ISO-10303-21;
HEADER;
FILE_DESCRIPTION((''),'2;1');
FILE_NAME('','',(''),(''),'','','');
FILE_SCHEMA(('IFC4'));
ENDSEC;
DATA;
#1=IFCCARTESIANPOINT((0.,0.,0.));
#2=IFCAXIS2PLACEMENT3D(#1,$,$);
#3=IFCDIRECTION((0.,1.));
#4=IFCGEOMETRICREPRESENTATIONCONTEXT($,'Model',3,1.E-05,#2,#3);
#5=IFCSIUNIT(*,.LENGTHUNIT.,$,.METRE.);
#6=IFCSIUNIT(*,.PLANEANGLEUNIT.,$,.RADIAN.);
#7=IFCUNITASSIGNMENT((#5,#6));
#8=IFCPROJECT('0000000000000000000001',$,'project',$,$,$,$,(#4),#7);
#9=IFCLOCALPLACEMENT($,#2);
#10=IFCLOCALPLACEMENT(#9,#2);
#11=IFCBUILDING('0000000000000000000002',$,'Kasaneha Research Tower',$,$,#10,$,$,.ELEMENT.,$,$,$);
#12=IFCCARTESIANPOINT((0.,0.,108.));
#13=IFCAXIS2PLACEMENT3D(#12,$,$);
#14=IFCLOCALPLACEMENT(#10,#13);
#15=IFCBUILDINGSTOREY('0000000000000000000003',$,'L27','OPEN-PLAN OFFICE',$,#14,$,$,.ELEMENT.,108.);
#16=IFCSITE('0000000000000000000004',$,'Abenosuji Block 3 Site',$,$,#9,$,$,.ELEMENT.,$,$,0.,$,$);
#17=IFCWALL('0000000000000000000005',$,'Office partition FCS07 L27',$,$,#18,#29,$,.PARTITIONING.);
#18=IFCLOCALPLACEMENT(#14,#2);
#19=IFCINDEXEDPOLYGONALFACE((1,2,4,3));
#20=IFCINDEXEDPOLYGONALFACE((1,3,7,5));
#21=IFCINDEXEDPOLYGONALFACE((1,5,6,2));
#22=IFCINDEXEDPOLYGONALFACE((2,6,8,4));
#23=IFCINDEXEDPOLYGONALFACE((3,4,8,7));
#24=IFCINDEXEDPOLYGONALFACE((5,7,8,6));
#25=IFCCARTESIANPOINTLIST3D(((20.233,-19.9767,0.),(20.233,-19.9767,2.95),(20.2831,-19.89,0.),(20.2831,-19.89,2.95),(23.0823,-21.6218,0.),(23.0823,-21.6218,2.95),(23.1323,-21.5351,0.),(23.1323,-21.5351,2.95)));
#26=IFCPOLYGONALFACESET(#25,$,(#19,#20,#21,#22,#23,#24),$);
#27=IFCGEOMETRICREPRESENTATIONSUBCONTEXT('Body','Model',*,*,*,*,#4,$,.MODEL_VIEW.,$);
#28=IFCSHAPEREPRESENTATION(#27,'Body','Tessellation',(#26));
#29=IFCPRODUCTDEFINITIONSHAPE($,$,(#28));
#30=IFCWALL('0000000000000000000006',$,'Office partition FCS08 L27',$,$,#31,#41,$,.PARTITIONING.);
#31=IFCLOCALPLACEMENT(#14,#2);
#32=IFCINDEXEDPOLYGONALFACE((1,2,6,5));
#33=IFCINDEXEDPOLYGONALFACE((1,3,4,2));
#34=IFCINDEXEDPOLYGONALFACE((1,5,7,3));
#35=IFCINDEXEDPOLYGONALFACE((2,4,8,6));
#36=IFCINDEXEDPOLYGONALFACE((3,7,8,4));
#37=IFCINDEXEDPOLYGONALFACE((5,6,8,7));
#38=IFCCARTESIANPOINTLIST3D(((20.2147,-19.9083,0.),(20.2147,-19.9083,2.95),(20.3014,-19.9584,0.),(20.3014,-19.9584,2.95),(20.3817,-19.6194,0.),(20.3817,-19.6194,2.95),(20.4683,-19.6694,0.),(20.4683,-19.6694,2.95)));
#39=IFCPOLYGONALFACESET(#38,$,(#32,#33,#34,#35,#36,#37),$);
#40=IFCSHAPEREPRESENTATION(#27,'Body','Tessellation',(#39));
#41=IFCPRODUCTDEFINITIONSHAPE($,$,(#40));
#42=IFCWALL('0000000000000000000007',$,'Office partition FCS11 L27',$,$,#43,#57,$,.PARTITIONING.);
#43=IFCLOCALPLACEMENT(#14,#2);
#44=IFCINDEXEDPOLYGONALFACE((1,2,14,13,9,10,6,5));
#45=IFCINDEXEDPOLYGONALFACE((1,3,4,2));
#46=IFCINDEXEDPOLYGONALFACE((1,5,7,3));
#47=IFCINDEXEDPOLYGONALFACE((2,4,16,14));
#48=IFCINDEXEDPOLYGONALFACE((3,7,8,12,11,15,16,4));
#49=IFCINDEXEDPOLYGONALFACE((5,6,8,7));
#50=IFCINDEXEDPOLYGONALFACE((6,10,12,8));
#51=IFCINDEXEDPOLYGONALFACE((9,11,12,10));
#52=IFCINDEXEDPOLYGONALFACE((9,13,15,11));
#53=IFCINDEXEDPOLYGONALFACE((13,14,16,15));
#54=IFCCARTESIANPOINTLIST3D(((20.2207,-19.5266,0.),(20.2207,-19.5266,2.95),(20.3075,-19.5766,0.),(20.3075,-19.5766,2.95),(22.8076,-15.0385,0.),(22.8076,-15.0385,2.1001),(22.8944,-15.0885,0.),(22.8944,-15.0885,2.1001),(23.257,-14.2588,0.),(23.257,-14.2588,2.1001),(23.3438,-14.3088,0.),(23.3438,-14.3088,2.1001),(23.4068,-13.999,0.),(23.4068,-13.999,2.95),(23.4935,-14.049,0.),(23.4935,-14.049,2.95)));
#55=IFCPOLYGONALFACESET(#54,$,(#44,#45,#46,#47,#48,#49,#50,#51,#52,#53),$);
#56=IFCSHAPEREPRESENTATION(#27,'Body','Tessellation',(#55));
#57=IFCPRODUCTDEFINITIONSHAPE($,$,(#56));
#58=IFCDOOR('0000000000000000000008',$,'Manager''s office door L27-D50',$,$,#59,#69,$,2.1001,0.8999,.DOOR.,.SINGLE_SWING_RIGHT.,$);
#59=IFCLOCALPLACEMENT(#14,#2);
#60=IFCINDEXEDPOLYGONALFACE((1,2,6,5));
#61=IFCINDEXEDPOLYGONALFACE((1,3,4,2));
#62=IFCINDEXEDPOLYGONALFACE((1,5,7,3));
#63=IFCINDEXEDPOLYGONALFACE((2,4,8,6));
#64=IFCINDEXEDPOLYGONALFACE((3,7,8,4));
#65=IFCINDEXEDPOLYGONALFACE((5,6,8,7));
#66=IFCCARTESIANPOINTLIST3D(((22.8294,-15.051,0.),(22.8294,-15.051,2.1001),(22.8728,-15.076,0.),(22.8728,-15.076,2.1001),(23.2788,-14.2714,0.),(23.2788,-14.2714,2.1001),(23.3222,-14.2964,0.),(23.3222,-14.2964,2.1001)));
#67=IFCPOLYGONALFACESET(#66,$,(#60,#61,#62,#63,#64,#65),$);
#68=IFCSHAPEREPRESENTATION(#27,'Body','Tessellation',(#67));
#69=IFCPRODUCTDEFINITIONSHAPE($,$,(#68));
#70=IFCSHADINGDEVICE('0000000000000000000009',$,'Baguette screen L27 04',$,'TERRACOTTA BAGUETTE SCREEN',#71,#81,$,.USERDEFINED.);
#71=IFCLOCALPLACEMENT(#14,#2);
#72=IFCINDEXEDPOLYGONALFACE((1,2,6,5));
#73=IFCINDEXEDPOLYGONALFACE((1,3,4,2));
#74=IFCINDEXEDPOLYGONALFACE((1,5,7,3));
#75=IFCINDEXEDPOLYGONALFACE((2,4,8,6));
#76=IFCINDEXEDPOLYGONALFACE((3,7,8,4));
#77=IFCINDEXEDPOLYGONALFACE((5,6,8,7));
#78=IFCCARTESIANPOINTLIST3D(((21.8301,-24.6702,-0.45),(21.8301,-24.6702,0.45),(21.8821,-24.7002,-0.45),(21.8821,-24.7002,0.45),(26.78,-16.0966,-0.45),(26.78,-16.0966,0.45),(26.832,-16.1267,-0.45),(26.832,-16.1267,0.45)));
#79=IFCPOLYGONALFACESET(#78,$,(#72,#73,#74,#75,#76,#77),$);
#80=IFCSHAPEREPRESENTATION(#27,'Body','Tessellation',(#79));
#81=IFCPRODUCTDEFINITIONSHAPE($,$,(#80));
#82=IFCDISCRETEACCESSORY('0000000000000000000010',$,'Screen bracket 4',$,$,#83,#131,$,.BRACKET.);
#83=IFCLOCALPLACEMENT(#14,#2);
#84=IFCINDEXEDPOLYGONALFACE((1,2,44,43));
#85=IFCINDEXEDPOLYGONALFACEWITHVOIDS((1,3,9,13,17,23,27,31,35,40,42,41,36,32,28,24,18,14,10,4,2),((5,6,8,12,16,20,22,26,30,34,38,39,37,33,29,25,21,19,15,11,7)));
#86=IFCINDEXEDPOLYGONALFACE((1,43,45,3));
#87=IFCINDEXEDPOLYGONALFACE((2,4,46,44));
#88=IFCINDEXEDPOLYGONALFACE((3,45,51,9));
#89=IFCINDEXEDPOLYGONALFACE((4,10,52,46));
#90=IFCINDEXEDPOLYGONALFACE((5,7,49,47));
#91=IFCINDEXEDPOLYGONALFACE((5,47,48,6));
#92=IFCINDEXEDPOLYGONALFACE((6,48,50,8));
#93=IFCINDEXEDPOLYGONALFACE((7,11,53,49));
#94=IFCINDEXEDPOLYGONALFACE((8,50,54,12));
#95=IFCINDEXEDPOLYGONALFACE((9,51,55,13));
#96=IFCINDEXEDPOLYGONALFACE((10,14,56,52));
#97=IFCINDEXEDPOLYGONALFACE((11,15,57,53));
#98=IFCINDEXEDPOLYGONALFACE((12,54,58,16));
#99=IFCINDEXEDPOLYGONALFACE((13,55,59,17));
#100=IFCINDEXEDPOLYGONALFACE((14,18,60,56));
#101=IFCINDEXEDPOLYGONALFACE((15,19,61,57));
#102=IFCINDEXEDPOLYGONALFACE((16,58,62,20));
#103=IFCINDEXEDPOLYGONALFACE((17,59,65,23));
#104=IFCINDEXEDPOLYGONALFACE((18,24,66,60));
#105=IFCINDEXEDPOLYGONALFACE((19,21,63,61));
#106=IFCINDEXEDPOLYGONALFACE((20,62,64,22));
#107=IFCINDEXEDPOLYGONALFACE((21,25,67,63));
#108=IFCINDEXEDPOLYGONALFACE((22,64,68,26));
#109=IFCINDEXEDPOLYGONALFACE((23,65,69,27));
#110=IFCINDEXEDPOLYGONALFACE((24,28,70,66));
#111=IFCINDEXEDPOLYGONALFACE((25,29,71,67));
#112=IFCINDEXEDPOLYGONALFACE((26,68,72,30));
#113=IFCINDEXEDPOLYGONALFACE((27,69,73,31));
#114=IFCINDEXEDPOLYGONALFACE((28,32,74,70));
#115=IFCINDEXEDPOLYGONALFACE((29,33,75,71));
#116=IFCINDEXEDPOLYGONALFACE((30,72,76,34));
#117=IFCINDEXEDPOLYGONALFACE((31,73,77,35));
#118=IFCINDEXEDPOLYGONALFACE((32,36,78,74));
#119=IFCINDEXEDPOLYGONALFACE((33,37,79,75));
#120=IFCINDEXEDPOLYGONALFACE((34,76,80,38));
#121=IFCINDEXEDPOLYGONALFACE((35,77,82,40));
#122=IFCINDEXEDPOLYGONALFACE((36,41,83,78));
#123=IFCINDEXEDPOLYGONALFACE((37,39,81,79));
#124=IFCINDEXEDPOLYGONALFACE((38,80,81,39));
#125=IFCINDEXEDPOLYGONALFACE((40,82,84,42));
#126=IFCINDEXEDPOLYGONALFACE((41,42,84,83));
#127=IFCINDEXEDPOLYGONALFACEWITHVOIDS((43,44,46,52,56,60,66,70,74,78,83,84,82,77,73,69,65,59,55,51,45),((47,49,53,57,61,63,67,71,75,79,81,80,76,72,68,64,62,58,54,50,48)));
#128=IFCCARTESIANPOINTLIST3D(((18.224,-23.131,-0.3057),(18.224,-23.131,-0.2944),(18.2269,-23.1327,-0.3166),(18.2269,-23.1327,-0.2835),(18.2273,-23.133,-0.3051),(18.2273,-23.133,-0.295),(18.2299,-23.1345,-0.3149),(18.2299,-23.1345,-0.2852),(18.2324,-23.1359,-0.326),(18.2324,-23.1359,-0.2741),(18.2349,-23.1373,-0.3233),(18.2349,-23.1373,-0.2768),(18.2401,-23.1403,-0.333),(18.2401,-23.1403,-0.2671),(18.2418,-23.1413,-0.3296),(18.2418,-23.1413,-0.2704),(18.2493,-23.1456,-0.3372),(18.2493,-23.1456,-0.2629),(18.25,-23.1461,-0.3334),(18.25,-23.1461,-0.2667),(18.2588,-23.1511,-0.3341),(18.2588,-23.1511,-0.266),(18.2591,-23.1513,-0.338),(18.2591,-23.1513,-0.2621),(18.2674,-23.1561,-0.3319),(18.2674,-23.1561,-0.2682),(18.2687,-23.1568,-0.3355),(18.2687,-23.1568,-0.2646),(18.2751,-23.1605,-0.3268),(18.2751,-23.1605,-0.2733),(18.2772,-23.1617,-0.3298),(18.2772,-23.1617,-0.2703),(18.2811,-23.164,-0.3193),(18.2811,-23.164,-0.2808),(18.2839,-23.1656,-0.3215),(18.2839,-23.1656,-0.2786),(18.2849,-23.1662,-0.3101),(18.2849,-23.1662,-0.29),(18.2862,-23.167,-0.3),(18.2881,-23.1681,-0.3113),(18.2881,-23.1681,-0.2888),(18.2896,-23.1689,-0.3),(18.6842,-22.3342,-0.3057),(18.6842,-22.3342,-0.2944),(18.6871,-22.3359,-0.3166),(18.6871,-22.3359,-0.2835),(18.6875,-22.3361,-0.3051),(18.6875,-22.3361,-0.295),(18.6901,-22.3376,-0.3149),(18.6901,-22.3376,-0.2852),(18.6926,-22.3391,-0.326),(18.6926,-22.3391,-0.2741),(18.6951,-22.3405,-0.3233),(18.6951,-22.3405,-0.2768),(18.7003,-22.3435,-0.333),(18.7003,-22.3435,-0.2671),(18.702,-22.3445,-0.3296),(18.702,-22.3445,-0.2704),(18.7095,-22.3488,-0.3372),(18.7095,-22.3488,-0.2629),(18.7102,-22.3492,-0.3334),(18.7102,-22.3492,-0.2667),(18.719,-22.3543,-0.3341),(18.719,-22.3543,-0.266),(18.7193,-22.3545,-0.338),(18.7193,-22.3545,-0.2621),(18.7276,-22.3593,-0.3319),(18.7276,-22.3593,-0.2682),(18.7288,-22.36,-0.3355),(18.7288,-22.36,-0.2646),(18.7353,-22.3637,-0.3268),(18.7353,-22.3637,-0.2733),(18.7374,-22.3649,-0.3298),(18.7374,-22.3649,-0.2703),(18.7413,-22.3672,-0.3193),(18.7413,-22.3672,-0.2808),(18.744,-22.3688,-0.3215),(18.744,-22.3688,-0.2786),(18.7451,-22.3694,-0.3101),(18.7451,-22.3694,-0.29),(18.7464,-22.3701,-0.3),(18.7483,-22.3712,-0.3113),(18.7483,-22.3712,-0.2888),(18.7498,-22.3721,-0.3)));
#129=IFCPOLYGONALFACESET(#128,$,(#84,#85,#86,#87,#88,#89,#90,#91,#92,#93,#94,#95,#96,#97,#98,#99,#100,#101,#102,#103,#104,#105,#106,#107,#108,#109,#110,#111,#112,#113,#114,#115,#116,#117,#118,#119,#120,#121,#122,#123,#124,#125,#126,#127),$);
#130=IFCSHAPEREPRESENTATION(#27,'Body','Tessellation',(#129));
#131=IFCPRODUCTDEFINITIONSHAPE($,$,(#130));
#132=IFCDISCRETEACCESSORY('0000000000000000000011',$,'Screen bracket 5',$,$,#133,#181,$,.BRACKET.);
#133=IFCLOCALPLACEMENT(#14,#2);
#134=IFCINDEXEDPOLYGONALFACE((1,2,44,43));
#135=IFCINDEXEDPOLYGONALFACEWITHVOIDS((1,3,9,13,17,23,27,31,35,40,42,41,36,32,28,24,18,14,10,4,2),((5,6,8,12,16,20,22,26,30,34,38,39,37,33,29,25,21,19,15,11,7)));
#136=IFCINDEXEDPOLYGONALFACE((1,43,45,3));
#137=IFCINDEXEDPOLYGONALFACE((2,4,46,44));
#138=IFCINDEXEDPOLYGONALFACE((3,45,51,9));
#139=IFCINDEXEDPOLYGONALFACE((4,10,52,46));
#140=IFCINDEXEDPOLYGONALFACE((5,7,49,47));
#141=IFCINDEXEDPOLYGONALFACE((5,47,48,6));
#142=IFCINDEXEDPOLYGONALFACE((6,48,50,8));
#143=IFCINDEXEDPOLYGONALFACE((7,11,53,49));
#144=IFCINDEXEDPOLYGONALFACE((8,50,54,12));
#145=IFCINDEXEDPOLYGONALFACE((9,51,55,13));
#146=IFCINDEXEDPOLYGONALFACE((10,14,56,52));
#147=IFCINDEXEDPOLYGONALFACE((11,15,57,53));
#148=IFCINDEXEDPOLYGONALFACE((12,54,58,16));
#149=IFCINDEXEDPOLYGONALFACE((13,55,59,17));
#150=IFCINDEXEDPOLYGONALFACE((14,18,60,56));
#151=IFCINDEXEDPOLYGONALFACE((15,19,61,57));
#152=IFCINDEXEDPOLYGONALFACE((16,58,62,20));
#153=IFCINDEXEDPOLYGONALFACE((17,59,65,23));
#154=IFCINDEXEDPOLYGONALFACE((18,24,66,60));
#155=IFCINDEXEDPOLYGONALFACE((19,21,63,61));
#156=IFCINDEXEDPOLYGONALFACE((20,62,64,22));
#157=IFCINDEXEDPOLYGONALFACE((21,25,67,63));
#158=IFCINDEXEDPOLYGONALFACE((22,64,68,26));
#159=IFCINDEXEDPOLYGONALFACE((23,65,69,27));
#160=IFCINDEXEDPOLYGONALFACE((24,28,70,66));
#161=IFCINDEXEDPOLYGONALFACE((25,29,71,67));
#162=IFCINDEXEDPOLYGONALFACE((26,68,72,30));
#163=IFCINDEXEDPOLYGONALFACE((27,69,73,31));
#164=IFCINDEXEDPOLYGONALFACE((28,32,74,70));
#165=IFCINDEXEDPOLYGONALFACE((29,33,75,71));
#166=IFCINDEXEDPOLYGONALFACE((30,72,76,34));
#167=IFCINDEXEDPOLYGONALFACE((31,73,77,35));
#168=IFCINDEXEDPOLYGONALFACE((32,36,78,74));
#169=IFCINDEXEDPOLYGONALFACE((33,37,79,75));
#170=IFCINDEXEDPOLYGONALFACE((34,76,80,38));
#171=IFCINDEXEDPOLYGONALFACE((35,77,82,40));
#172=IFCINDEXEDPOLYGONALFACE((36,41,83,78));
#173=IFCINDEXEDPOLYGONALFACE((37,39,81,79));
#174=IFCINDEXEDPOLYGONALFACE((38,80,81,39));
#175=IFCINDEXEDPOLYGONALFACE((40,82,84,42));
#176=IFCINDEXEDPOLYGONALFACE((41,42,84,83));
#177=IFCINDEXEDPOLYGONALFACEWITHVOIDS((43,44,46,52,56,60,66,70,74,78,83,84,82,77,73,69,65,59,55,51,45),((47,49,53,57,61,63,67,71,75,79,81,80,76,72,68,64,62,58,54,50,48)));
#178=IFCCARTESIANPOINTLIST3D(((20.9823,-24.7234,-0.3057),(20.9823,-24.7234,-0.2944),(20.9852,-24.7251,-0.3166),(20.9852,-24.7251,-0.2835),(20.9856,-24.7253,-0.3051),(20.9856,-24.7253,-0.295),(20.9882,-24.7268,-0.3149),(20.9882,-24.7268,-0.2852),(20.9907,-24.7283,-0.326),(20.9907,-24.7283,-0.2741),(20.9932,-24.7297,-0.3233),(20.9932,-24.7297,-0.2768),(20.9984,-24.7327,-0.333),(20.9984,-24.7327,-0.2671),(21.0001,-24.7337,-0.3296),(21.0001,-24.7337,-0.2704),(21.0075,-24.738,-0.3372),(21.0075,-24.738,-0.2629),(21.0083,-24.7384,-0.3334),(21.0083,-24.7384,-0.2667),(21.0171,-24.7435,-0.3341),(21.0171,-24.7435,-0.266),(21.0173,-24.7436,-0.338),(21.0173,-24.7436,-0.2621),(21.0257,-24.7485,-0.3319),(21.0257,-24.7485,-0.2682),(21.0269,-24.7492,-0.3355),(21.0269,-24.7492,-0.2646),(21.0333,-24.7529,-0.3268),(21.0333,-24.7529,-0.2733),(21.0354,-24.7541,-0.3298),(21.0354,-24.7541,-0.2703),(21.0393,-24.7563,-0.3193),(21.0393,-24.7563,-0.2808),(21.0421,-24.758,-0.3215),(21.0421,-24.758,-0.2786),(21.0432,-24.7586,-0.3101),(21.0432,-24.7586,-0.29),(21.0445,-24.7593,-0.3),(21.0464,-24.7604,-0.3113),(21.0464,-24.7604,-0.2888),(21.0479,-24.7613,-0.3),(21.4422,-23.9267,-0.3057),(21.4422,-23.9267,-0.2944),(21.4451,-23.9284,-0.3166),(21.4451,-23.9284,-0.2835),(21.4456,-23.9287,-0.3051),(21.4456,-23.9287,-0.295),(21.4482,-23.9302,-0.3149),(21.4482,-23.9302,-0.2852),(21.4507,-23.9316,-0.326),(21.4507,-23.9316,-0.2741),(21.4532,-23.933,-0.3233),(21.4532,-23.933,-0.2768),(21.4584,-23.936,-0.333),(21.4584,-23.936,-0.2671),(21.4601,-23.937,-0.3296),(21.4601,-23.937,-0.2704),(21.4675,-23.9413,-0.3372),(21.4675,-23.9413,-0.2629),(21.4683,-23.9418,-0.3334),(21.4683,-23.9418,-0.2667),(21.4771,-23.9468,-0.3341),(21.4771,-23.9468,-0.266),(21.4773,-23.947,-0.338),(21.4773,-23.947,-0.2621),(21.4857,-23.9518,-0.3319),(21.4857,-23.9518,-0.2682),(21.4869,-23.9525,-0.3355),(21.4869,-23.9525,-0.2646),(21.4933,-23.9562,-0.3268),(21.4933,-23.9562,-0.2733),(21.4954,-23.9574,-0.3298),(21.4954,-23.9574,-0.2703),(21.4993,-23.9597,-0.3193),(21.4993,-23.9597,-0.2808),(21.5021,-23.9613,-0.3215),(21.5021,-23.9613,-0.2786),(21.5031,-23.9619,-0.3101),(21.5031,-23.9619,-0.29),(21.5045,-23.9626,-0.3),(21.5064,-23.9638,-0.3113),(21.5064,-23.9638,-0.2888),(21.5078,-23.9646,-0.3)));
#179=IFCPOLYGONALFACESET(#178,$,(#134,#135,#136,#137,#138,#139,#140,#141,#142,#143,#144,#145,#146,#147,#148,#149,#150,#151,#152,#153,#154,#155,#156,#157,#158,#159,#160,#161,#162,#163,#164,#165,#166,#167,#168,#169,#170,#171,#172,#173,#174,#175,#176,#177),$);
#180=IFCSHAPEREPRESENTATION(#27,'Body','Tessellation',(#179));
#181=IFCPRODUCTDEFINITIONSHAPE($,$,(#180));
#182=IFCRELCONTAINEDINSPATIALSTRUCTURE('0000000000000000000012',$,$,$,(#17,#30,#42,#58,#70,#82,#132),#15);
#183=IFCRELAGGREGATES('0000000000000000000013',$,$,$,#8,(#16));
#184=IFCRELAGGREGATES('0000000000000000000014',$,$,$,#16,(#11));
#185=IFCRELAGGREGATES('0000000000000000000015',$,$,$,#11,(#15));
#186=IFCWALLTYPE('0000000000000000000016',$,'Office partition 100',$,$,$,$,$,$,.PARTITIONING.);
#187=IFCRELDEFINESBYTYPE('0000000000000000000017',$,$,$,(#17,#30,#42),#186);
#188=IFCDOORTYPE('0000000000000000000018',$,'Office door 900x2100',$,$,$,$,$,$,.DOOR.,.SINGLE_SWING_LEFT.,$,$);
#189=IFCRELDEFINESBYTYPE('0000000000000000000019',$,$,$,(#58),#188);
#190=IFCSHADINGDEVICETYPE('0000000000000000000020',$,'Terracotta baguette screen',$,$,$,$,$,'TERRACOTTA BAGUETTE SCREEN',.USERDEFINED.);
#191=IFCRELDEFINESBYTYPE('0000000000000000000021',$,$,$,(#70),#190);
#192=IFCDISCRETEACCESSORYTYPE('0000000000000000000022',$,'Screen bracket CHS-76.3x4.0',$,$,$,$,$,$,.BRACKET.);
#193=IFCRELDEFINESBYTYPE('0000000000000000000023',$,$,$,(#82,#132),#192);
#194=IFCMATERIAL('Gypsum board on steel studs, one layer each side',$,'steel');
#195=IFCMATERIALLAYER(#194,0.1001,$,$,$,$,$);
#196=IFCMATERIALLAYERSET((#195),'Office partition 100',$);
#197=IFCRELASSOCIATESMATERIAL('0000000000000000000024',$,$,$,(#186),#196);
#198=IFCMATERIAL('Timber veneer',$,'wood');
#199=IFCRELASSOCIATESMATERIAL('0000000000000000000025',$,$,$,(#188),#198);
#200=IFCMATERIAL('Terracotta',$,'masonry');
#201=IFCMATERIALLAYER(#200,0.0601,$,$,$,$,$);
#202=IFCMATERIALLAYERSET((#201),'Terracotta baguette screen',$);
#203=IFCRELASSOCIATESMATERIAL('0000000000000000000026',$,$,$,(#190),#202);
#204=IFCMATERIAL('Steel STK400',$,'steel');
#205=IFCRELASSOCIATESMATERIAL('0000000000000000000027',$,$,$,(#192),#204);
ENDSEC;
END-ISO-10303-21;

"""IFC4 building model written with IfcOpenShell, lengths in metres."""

from ifc_helpers import new_model, si_unit, direction, frame, frame_2d, origin, origin_2d, place, context, subcontext, project, spatial, rectangle, hollow_circle, extrude, material, layer, layer_set, material_profile, profile_set, type_object, element, fill, save


model = new_model("IFC4")

# Units and contexts
model_context = context("Model", 3, precision=1e-05, world=origin(), true_north=direction((0.0, 1.0)))
body_context = subcontext(model_context, "Body", "Model", "MODEL_VIEW")
ifc_project = project(units=[si_unit("LENGTHUNIT", "METRE"), si_unit("PLANEANGLEUNIT", "RADIAN")], contexts=[model_context])

# Site, building, storey
site_placement = place(None, origin())
site = spatial("IfcSite", under=ifc_project, at=site_placement, Name="Abenosuji Block 3 Site", CompositionType="ELEMENT", RefElevation=0.0)
building_placement = place(site_placement, origin())
building = spatial("IfcBuilding", under=site, at=building_placement, Name="Kasaneha Research Tower", CompositionType="ELEMENT")
storey_placement = place(building_placement, frame((0.0, 0.0, 108.0)))
storey = spatial("IfcBuildingStorey", under=building, at=storey_placement, Name="L27", Description="OPEN-PLAN OFFICE", CompositionType="ELEMENT", Elevation=108.0)

# Walls
ifc_material_1 = material(Name="Gypsum board on steel studs, one layer each side", Category="steel")
ifc_layer_1 = layer(ifc_material_1, 0.1001)
ifc_layer_set_1 = layer_set([ifc_layer_1], Name="Office partition 100")
wall_type = type_object("IfcWallType", Name="Office partition 100", PredefinedType="PARTITIONING", material=ifc_layer_set_1)
wall_1_placement = place(storey_placement, frame((20.2581, -19.9333, 0.0), z_axis=(0.0, 0.0, 1.0), x_axis=(0.866015, -0.500018, 0.0)))
element("IfcWall", 1, at=wall_1_placement, inside=storey, type_object=wall_type, Name="Office partition FCS07 L27", PredefinedType="PARTITIONING", context=body_context, shape_type="SweptSolid", body=[
    extrude(rectangle(XDim=3.29, YDim=0.1001, at=frame_2d((1.645, 0.0))), origin(), (0.0, 0.0, 1.0), 2.95),
])
wall_2_placement = place(storey_placement, frame((20.425, -19.6443, 0.0), z_axis=(0.0, 0.0, 1.0), x_axis=(-0.500229, -0.865893, 0.0)))
element("IfcWall", 2, at=wall_2_placement, inside=storey, type_object=wall_type, Name="Office partition FCS08 L27", PredefinedType="PARTITIONING", context=body_context, shape_type="SweptSolid", body=[
    extrude(rectangle(XDim=0.3337, YDim=0.1001, at=frame_2d((0.167, 0.0))), origin(), (0.0, 0.0, 1.0), 2.95),
])

# Wall, opening, door
wall_3_placement = place(storey_placement, frame((20.2642, -19.5515, 0.0), z_axis=(0.0, 0.0, 1.0), x_axis=(0.499375, 0.866386, 0.0)))
wall_3 = element("IfcWall", 3, at=wall_3_placement, inside=storey, type_object=wall_type, Name="Office partition FCS11 L27", PredefinedType="PARTITIONING", context=body_context, shape_type="SweptSolid", body=[
    extrude(rectangle(XDim=6.3801, YDim=0.1001, at=frame_2d((3.1899, 0.0))), origin(), (0.0, 0.0, 1.0), 2.95),
])
opening_placement = place(wall_3_placement, frame((5.1802, 0.0, 0.0)))
opening = element("IfcOpeningElement", 4, at=opening_placement, cuts=wall_3, PredefinedType="OPENING", context=body_context, shape_type="SweptSolid", body=[
    extrude(rectangle(XDim=0.8999, YDim=2.1001, at=frame_2d((0.45, 1.05))), frame((0.0, 0.0601, 0.0), z_axis=(0.0, -1.0, 0.0), x_axis=(1.0, 0.0, 0.0)), (0.0, 0.0, 1.0), 0.1201),
])
ifc_material_2 = material(Name="Timber veneer", Category="wood")
door_type = type_object("IfcDoorType", Name="Office door 900x2100", OperationType="SINGLE_SWING_LEFT", PredefinedType="DOOR", material=ifc_material_2)
door_placement = place(opening_placement, origin())
door = element("IfcDoor", 5, at=door_placement, inside=storey, type_object=door_type, Name="Manager's office door L27-D50", OperationType="SINGLE_SWING_RIGHT", OverallHeight=2.1001, OverallWidth=0.8999, PredefinedType="DOOR", context=body_context, shape_type="SweptSolid", body=[
    extrude(rectangle(XDim=0.8999, YDim=2.1001, at=frame_2d((0.45, 1.05))), frame((0.0, 0.0249, 0.0), z_axis=(0.0, -1.0, 0.0), x_axis=(1.0, 0.0, 0.0)), (0.0, 0.0, 1.0), 0.05),
])
fill(opening, door)

# Shading device
ifc_material_3 = material(Name="Terracotta", Category="masonry")
ifc_layer_2 = layer(ifc_material_3, 0.0601)
ifc_layer_set_2 = layer_set([ifc_layer_2], Name="Terracotta baguette screen")
shading_device_type = type_object("IfcShadingDeviceType", Name="Terracotta baguette screen", ElementType="TERRACOTTA BAGUETTE SCREEN", PredefinedType="USERDEFINED", material=ifc_layer_set_2)
shading_device_placement = place(storey_placement, frame((24.3311, -20.3984, -0.45), z_axis=(0.0, 0.0, 1.0), x_axis=(0.5, 0.866025, 0.0)))
element("IfcShadingDevice", 6, at=shading_device_placement, inside=storey, type_object=shading_device_type, Name="Baguette screen L27 04", ObjectType="TERRACOTTA BAGUETTE SCREEN", PredefinedType="USERDEFINED", context=body_context, shape_type="SweptSolid", body=[
    extrude(rectangle(XDim=9.8999, YDim=0.0601, at=origin_2d()), origin(), (0.0, 0.0, 1.0), 0.8999),
])

# Discrete accessories
ifc_material_4 = material(Name="Steel STK400", Category="steel")
ifc_material_profile_1 = material_profile(ifc_material_4, hollow_circle(Radius=0.0381, WallThickness=0.0039, at=origin_2d()), Name="CHS-76.3x4.0")
ifc_profile_set_1 = profile_set([ifc_material_profile_1], Name="Steel STK400")
discrete_accessory_type = type_object("IfcDiscreteAccessoryType", Name="Screen bracket CHS-76.3x4.0", PredefinedType="BRACKET", material=ifc_profile_set_1)
discrete_accessory_1_placement = place(storey_placement, frame((18.7168, -22.353, -0.3), z_axis=(-0.500105, -0.865965, 0.0), x_axis=(0.865965, -0.500105, 0.0)))
element("IfcDiscreteAccessory", 7, at=discrete_accessory_1_placement, inside=storey, type_object=discrete_accessory_type, Name="Screen bracket 4", PredefinedType="BRACKET", context=body_context, shape_type="SweptSolid", body=[
    extrude(hollow_circle(Radius=0.0381, WallThickness=0.0039, at=origin_2d()), origin(), (0.0, 0.0, 1.0), 0.9202),
])
discrete_accessory_2_placement = place(storey_placement, frame((21.4749, -23.9456, -0.3), z_axis=(-0.500021, -0.866013, 0.0), x_axis=(0.866013, -0.500021, 0.0)))
element("IfcDiscreteAccessory", 8, at=discrete_accessory_2_placement, inside=storey, type_object=discrete_accessory_type, Name="Screen bracket 5", PredefinedType="BRACKET", context=body_context, shape_type="SweptSolid", body=[
    extrude(hollow_circle(Radius=0.0381, WallThickness=0.0039, at=origin_2d()), origin(), (0.0, 0.0, 1.0), 0.9199),
])

save(model, "model.ifc")
